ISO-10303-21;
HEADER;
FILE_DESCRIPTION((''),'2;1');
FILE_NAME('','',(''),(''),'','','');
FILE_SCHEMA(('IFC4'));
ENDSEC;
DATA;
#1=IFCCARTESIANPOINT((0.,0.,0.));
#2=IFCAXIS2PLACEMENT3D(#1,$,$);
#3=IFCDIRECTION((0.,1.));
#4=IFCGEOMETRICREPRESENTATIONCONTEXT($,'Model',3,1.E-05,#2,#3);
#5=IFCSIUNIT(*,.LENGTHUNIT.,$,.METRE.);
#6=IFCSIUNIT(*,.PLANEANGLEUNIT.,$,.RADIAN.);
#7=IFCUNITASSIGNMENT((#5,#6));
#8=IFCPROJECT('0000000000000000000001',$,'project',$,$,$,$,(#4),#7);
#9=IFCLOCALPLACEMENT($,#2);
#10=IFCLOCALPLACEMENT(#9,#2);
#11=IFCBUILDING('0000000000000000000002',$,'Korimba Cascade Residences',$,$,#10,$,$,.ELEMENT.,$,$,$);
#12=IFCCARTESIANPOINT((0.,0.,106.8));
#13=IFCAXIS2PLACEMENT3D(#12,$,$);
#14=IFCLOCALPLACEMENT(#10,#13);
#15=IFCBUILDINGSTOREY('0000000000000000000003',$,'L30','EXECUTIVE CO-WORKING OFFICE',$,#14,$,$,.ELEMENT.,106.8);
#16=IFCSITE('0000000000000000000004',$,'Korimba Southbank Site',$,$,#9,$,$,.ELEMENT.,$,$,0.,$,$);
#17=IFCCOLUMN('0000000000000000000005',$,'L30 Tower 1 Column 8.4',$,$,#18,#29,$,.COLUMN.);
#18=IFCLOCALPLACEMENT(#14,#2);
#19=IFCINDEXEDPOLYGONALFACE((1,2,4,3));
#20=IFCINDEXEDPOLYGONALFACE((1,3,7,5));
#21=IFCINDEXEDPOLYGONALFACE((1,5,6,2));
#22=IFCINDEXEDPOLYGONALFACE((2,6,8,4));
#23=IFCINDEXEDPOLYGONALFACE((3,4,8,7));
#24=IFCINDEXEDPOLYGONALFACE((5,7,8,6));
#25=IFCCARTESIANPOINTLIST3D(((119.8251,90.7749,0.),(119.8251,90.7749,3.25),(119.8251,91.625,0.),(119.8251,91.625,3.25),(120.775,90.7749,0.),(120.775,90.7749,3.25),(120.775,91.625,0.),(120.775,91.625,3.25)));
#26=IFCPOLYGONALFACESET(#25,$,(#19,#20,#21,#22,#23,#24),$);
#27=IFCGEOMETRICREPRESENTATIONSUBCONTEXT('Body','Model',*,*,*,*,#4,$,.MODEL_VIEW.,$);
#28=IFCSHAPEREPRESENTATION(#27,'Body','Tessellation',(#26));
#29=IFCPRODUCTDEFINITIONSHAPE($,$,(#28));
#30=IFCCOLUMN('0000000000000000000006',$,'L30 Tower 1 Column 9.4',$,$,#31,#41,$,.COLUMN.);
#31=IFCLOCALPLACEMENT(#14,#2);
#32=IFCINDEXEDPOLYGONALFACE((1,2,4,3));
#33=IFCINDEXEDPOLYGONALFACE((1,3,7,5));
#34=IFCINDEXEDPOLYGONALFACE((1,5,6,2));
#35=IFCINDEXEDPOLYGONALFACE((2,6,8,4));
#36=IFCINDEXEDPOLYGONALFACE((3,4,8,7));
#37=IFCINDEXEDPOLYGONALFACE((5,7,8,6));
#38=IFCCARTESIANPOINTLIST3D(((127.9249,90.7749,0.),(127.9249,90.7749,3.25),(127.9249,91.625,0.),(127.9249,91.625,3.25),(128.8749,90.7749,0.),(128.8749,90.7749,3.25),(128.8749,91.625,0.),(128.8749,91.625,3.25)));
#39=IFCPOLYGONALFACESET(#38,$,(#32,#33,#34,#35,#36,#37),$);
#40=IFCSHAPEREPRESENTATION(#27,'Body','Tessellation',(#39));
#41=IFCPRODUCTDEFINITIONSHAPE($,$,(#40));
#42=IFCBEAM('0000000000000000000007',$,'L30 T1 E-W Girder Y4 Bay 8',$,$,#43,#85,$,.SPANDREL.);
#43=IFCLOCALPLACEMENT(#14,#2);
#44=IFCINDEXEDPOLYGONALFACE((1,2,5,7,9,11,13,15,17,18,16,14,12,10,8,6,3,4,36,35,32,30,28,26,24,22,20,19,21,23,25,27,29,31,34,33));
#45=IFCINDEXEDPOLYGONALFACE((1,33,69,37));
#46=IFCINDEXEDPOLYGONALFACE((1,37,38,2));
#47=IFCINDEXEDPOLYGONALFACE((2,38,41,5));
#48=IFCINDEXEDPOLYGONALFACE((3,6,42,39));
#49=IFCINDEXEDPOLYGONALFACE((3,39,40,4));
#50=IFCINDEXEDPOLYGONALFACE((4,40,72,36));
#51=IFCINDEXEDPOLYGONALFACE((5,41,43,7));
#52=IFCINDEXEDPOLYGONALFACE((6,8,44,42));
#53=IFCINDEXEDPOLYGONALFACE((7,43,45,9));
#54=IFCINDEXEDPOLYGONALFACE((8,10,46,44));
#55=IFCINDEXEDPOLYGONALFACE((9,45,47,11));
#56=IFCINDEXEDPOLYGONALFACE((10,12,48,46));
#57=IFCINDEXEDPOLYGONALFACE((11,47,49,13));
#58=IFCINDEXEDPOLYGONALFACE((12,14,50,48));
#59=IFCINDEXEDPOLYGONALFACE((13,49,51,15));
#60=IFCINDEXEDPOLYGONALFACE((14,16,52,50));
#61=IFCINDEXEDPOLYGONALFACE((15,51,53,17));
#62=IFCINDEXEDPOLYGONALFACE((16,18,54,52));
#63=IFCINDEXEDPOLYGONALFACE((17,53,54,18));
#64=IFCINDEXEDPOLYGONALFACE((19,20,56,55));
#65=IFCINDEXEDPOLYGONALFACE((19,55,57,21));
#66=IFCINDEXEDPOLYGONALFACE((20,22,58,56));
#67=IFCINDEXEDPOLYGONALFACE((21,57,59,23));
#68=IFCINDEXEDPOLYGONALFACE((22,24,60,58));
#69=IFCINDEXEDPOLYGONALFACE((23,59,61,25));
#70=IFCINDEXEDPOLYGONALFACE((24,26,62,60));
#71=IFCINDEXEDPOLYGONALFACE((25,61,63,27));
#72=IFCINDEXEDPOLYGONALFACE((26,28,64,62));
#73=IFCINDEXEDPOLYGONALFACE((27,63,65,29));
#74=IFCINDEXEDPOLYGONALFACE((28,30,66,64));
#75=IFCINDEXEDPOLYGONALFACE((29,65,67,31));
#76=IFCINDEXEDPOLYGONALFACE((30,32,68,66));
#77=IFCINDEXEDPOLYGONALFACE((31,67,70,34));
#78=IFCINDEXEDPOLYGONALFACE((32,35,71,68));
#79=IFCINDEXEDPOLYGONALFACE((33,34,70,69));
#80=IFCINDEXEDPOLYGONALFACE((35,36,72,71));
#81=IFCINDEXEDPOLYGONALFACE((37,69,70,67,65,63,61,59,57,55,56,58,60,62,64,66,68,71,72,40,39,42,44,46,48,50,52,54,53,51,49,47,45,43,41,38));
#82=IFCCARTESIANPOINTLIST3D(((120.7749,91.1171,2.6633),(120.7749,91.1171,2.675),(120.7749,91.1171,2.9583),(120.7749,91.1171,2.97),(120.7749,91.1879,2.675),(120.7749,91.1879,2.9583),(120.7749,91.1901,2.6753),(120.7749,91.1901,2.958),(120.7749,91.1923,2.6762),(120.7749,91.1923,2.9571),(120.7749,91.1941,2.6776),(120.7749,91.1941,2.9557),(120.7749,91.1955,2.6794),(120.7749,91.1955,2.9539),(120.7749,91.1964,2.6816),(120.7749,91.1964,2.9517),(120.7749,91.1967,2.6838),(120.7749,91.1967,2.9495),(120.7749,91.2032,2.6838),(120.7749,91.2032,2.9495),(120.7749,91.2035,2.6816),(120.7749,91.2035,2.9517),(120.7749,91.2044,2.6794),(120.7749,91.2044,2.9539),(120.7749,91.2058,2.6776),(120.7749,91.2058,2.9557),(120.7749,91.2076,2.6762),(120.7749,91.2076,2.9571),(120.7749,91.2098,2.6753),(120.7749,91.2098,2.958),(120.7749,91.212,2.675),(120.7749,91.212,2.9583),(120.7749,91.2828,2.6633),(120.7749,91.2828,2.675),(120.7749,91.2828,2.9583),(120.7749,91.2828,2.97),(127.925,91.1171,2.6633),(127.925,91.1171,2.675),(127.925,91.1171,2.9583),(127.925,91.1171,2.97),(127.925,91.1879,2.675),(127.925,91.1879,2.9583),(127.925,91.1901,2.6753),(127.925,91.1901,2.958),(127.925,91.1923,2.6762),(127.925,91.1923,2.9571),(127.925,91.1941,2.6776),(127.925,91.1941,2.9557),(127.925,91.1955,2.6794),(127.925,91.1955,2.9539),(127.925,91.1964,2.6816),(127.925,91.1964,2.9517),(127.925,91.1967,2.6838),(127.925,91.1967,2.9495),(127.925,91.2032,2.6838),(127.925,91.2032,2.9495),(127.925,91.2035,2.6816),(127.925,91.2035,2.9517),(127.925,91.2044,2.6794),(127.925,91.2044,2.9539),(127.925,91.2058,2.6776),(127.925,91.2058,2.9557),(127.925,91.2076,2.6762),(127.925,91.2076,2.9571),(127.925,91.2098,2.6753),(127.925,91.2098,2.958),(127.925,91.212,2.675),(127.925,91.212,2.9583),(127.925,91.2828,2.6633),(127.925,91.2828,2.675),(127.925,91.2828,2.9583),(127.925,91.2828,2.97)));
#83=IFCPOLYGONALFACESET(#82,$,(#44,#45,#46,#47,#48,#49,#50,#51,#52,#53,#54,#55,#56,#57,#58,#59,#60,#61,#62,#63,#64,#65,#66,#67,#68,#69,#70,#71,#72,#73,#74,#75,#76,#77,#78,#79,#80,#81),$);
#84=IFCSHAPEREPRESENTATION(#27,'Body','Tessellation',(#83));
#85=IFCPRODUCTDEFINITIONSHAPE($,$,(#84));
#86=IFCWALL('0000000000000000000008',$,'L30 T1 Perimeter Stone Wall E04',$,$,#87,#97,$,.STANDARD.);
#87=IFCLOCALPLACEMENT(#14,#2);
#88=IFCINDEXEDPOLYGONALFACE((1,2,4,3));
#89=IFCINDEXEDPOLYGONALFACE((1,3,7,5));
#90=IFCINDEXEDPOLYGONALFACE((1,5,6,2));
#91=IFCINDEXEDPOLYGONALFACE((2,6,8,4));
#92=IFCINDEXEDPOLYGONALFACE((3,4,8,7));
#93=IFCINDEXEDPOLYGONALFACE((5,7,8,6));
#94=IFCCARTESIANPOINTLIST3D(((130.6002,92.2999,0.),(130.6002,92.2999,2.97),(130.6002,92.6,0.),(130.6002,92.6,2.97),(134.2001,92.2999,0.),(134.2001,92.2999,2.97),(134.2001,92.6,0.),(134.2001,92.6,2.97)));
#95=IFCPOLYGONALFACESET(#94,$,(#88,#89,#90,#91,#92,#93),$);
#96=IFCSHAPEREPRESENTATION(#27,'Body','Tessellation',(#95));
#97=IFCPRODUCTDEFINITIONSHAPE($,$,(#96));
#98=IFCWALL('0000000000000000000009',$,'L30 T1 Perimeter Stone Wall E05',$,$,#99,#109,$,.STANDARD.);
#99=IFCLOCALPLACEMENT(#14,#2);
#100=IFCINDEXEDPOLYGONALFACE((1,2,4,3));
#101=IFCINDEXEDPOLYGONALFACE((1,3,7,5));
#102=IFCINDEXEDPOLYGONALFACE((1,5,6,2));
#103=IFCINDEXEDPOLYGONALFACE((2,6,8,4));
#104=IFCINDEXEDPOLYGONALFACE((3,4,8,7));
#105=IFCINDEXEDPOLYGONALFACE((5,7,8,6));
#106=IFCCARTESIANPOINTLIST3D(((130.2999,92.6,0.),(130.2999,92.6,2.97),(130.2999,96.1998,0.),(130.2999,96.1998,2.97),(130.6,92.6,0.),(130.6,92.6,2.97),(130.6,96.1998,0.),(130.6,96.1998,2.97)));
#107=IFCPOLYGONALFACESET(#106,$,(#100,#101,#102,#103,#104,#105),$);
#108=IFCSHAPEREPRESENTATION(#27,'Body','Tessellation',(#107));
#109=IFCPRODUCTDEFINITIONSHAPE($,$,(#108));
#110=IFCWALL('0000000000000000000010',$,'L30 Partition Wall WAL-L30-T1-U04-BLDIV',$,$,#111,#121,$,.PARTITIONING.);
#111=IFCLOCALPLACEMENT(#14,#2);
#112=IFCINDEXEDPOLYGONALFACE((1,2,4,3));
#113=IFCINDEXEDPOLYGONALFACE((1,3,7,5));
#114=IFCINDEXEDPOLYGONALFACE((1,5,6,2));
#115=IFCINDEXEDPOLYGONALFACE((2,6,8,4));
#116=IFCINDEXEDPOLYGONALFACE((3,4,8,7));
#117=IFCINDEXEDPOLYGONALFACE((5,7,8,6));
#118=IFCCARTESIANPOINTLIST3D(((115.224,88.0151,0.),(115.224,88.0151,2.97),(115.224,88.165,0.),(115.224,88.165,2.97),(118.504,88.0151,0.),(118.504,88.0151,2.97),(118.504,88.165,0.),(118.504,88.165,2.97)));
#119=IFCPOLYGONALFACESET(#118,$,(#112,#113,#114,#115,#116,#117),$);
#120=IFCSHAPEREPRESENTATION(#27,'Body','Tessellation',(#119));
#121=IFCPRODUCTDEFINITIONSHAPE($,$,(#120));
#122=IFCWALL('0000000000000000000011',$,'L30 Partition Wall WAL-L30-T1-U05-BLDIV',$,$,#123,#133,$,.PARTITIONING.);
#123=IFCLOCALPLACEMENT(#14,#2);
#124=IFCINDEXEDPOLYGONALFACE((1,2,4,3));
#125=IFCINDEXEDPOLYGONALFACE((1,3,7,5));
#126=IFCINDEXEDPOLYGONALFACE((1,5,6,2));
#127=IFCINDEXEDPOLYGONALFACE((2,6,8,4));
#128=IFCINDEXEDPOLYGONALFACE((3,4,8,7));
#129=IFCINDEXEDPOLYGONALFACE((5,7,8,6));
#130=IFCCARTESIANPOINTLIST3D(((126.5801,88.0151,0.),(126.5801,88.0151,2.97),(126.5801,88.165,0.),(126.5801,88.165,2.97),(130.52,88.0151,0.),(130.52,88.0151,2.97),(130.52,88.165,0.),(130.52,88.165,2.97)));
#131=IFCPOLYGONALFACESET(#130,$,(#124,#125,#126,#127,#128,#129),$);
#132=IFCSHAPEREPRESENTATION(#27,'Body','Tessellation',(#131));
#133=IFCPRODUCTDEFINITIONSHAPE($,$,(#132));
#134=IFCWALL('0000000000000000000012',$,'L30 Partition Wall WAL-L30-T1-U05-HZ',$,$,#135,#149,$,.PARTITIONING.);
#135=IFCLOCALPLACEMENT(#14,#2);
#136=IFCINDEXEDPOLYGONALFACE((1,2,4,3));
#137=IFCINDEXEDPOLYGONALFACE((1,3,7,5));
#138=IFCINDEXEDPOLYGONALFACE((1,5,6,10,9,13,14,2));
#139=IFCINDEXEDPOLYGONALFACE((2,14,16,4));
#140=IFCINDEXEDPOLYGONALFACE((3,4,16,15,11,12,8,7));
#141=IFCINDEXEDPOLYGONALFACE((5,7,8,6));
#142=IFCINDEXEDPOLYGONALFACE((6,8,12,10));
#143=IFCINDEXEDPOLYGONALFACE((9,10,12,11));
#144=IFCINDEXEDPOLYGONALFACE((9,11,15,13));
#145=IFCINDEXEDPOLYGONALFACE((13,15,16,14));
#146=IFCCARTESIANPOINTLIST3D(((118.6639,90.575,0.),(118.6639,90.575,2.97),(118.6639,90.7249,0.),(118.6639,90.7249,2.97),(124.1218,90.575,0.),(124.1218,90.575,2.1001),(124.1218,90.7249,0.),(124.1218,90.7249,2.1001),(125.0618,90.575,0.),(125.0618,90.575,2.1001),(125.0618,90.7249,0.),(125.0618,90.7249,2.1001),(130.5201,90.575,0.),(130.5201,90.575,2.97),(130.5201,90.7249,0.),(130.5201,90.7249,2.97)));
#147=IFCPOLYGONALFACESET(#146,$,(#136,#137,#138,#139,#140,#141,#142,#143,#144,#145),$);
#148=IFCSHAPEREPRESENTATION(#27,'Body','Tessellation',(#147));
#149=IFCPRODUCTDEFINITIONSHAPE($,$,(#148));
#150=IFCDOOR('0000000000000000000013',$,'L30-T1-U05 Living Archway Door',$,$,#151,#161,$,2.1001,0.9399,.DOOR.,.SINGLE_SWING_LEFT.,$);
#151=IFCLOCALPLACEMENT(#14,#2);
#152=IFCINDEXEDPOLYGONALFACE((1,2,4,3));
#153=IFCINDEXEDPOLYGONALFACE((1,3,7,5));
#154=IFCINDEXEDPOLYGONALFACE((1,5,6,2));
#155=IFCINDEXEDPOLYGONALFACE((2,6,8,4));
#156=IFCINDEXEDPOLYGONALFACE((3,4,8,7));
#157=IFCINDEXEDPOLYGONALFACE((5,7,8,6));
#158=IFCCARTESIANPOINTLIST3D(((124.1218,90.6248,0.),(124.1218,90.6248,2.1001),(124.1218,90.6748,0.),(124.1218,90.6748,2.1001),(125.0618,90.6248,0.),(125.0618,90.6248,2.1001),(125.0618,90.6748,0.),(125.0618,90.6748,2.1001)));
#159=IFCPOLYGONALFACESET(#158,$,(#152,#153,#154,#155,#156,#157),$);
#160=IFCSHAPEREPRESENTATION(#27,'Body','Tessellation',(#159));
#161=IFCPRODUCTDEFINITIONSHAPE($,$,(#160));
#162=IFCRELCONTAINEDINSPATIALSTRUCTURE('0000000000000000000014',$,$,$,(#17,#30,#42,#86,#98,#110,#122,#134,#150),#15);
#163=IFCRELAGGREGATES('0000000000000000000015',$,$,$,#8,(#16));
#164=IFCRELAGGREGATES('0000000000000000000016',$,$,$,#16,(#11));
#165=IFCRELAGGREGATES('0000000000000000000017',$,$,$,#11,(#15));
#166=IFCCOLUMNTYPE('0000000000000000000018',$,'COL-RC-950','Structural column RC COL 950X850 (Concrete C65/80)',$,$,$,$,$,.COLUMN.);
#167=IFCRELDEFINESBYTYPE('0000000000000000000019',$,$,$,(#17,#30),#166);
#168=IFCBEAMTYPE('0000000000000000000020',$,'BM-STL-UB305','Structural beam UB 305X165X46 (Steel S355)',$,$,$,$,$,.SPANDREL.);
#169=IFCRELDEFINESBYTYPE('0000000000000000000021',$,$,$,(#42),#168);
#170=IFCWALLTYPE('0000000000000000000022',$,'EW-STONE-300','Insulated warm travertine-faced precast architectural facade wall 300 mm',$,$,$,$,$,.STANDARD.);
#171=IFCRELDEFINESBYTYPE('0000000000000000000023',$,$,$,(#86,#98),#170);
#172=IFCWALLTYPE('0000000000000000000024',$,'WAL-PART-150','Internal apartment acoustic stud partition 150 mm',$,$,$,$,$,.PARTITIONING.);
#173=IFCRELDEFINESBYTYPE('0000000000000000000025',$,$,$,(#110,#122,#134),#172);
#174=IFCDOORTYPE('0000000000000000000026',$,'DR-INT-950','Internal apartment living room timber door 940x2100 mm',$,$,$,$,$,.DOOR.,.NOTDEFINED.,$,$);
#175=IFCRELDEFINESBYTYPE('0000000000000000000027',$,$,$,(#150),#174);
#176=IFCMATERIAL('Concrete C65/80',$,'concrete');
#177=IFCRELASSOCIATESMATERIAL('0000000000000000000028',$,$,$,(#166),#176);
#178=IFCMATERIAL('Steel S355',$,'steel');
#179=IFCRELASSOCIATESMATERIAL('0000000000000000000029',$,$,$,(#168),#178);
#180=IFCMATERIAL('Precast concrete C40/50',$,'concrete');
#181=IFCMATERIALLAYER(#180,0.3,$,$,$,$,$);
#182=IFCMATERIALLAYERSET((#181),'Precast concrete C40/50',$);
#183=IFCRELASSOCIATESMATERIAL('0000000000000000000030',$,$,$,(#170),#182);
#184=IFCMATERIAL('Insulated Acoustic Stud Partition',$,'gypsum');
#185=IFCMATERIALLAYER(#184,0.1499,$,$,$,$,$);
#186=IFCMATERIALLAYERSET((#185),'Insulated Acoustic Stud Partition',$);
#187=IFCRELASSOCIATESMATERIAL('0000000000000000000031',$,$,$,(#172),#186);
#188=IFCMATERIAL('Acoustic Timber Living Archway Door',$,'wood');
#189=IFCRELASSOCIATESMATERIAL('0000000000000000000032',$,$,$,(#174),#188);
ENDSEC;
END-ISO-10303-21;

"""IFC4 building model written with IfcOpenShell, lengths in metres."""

from ifc_helpers import new_model, si_unit, direction, frame, frame_2d, origin, origin_2d, place, context, subcontext, project, spatial, rectangle, i_section, extrude, material, layer, layer_set, material_profile, profile_set, type_object, element, fill, save


model = new_model("IFC4")

# Units and contexts
model_context = context("Model", 3, precision=1e-05, world=origin(), true_north=direction((0.0, 1.0)))
body_context = subcontext(model_context, "Body", "Model", "MODEL_VIEW")
ifc_project = project(units=[si_unit("LENGTHUNIT", "METRE"), si_unit("PLANEANGLEUNIT", "RADIAN")], contexts=[model_context])

# Site, building, storey
site_placement = place(None, origin())
site = spatial("IfcSite", under=ifc_project, at=site_placement, Name="Korimba Southbank Site", CompositionType="ELEMENT", RefElevation=0.0)
building_placement = place(site_placement, origin())
building = spatial("IfcBuilding", under=site, at=building_placement, Name="Korimba Cascade Residences", CompositionType="ELEMENT")
storey_placement = place(building_placement, frame((0.0, 0.0, 106.8)))
storey = spatial("IfcBuildingStorey", under=building, at=storey_placement, Name="L30", Description="EXECUTIVE CO-WORKING OFFICE", CompositionType="ELEMENT", Elevation=106.8)

# Columns
ifc_material_1 = material(Name="Concrete C65/80", Category="concrete")
ifc_material_profile_1 = material_profile(ifc_material_1, rectangle(XDim=0.95, YDim=0.8501, at=origin_2d()), Name="Concrete C65/80")
ifc_profile_set_1 = profile_set([ifc_material_profile_1], Name="Concrete C65/80")
column_type = type_object("IfcColumnType", Name="COL-RC-950", Description="Structural column RC COL 950X850 (Concrete C65/80)", PredefinedType="COLUMN", material=ifc_profile_set_1)
for number, where, z_axis, x_axis, name in (
    (1, (120.3, 91.2, 0.0), (0.0, 0.0, 1.0), (1.0, 0.0, 0.0), "L30 Tower 1 Column 8.4"),
    (2, (128.3999, 91.2, 0.0), (0.0, 0.0, 1.0), (1.0, 0.0, 0.0), "L30 Tower 1 Column 9.4"),
):
    element("IfcColumn", number, at=place(storey_placement, frame(where, z_axis=z_axis, x_axis=x_axis)), inside=storey, type_object=column_type, Name=name, PredefinedType="COLUMN", context=body_context, shape_type="SweptSolid", body=[
        extrude(rectangle(XDim=0.95, YDim=0.8501, at=origin_2d()), origin(), (0.0, 0.0, 1.0), 3.25),
    ])

# Beam
ifc_material_2 = material(Name="Steel S355", Category="steel")
ifc_material_profile_2 = material_profile(ifc_material_2, i_section(OverallWidth=0.1658, OverallDepth=0.3066, WebThickness=0.0066, FlangeThickness=0.0117, FilletRadius=0.0088, at=origin_2d()), Name="Steel S355")
ifc_profile_set_2 = profile_set([ifc_material_profile_2], Name="Steel S355")
beam_type = type_object("IfcBeamType", Name="BM-STL-UB305", Description="Structural beam UB 305X165X46 (Steel S355)", PredefinedType="SPANDREL", material=ifc_profile_set_2)
beam_placement = place(storey_placement, frame((120.7749, 91.2, 2.8167), z_axis=(1.0, 0.0, 0.0), x_axis=(0.0, 1.0, 0.0)))
element("IfcBeam", 3, at=beam_placement, inside=storey, type_object=beam_type, Name="L30 T1 E-W Girder Y4 Bay 8", PredefinedType="SPANDREL", context=body_context, shape_type="SweptSolid", body=[
    extrude(i_section(OverallWidth=0.1658, OverallDepth=0.3066, WebThickness=0.0066, FlangeThickness=0.0117, FilletRadius=0.0088, at=origin_2d()), origin(), (0.0, 0.0, 1.0), 7.1501),
])

# Shared definitions
ifc_material_3 = material(Name="Precast concrete C40/50", Category="concrete")

# Walls
ifc_layer_1 = layer(ifc_material_3, 0.3)
ifc_layer_set_1 = layer_set([ifc_layer_1], Name="Precast concrete C40/50")
wall_type_1 = type_object("IfcWallType", Name="EW-STONE-300", Description="Insulated warm travertine-faced precast architectural facade wall 300 mm", PredefinedType="STANDARD", material=ifc_layer_set_1)
for number, where, z_axis, x_axis, name in (
    (4, (134.2, 92.45, 0.0), (0.0, 0.0, 1.0), (-1.0, 0.0, 0.0), "L30 T1 Perimeter Stone Wall E04"),
    (5, (130.45, 92.6001, 0.0), (0.0, 0.0, 1.0), (0.0, 1.0, 0.0), "L30 T1 Perimeter Stone Wall E05"),
):
    element("IfcWall", number, at=place(storey_placement, frame(where, z_axis=z_axis, x_axis=x_axis)), inside=storey, type_object=wall_type_1, Name=name, PredefinedType="STANDARD", context=body_context, shape_type="SweptSolid", body=[
        extrude(rectangle(XDim=3.5999, YDim=0.3, at=frame_2d((1.7998, 0.0))), origin(), (0.0, 0.0, 1.0), 2.97),
    ])
ifc_material_4 = material(Name="Insulated Acoustic Stud Partition", Category="gypsum")
ifc_layer_2 = layer(ifc_material_4, 0.1499)
ifc_layer_set_2 = layer_set([ifc_layer_2], Name="Insulated Acoustic Stud Partition")
wall_type_2 = type_object("IfcWallType", Name="WAL-PART-150", Description="Internal apartment acoustic stud partition 150 mm", PredefinedType="PARTITIONING", material=ifc_layer_set_2)
wall_1_placement = place(storey_placement, frame((115.2239, 88.0901, 0.0), z_axis=(0.0, 0.0, 1.0), x_axis=(1.0, 0.0, 0.0)))
element("IfcWall", 6, at=wall_1_placement, inside=storey, type_object=wall_type_2, Name="L30 Partition Wall WAL-L30-T1-U04-BLDIV", PredefinedType="PARTITIONING", context=body_context, shape_type="SweptSolid", body=[
    extrude(rectangle(XDim=3.28, YDim=0.1499, at=frame_2d((1.6401, 0.0))), origin(), (0.0, 0.0, 1.0), 2.97),
])
wall_2_placement = place(storey_placement, frame((126.5801, 88.0901, 0.0), z_axis=(0.0, 0.0, 1.0), x_axis=(1.0, 0.0, 0.0)))
element("IfcWall", 7, at=wall_2_placement, inside=storey, type_object=wall_type_2, Name="L30 Partition Wall WAL-L30-T1-U05-BLDIV", PredefinedType="PARTITIONING", context=body_context, shape_type="SweptSolid", body=[
    extrude(rectangle(XDim=3.9399, YDim=0.1499, at=frame_2d((1.97, 0.0))), origin(), (0.0, 0.0, 1.0), 2.97),
])

# Wall, opening, door
wall_3_placement = place(storey_placement, frame((118.6638, 90.6499, 0.0), z_axis=(0.0, 0.0, 1.0), x_axis=(1.0, 0.0, 0.0)))
wall_3 = element("IfcWall", 8, at=wall_3_placement, inside=storey, type_object=wall_type_2, Name="L30 Partition Wall WAL-L30-T1-U05-HZ", PredefinedType="PARTITIONING", context=body_context, shape_type="SweptSolid", body=[
    extrude(rectangle(XDim=11.8562, YDim=0.1499, at=frame_2d((5.9282, 0.0))), origin(), (0.0, 0.0, 1.0), 2.97),
])
opening_1_placement = place(wall_3_placement, frame((5.458, 0.0, 0.0)))
opening_1 = element("IfcOpeningElement", 9, at=opening_1_placement, cuts=wall_3, PredefinedType="OPENING", context=body_context, shape_type="SweptSolid", body=[
    extrude(rectangle(XDim=0.9399, YDim=2.1001, at=frame_2d((0.47, 1.05))), frame((0.0, 0.085, 0.0), z_axis=(0.0, -1.0, 0.0), x_axis=(1.0, 0.0, 0.0)), (0.0, 0.0, 1.0), 0.1699),
])
ifc_material_5 = material(Name="Acoustic Timber Living Archway Door", Category="wood")
door_type_1 = type_object("IfcDoorType", Name="DR-INT-950", Description="Internal apartment living room timber door 940x2100 mm", OperationType="NOTDEFINED", PredefinedType="DOOR", material=ifc_material_5)
door_1_placement = place(opening_1_placement, origin())
door_1 = element("IfcDoor", 10, at=door_1_placement, inside=storey, type_object=door_type_1, Name="L30-T1-U05 Living Archway Door", OperationType="SINGLE_SWING_LEFT", OverallHeight=2.1001, OverallWidth=0.9399, PredefinedType="DOOR", context=body_context, shape_type="SweptSolid", body=[
    extrude(rectangle(XDim=0.9399, YDim=2.1001, at=frame_2d((0.47, 1.05))), frame((0.0, 0.0249, 0.0), z_axis=(0.0, -1.0, 0.0), x_axis=(1.0, 0.0, 0.0)), (0.0, 0.0, 1.0), 0.05),
])
fill(opening_1, door_1)

save(model, "model.ifc")
